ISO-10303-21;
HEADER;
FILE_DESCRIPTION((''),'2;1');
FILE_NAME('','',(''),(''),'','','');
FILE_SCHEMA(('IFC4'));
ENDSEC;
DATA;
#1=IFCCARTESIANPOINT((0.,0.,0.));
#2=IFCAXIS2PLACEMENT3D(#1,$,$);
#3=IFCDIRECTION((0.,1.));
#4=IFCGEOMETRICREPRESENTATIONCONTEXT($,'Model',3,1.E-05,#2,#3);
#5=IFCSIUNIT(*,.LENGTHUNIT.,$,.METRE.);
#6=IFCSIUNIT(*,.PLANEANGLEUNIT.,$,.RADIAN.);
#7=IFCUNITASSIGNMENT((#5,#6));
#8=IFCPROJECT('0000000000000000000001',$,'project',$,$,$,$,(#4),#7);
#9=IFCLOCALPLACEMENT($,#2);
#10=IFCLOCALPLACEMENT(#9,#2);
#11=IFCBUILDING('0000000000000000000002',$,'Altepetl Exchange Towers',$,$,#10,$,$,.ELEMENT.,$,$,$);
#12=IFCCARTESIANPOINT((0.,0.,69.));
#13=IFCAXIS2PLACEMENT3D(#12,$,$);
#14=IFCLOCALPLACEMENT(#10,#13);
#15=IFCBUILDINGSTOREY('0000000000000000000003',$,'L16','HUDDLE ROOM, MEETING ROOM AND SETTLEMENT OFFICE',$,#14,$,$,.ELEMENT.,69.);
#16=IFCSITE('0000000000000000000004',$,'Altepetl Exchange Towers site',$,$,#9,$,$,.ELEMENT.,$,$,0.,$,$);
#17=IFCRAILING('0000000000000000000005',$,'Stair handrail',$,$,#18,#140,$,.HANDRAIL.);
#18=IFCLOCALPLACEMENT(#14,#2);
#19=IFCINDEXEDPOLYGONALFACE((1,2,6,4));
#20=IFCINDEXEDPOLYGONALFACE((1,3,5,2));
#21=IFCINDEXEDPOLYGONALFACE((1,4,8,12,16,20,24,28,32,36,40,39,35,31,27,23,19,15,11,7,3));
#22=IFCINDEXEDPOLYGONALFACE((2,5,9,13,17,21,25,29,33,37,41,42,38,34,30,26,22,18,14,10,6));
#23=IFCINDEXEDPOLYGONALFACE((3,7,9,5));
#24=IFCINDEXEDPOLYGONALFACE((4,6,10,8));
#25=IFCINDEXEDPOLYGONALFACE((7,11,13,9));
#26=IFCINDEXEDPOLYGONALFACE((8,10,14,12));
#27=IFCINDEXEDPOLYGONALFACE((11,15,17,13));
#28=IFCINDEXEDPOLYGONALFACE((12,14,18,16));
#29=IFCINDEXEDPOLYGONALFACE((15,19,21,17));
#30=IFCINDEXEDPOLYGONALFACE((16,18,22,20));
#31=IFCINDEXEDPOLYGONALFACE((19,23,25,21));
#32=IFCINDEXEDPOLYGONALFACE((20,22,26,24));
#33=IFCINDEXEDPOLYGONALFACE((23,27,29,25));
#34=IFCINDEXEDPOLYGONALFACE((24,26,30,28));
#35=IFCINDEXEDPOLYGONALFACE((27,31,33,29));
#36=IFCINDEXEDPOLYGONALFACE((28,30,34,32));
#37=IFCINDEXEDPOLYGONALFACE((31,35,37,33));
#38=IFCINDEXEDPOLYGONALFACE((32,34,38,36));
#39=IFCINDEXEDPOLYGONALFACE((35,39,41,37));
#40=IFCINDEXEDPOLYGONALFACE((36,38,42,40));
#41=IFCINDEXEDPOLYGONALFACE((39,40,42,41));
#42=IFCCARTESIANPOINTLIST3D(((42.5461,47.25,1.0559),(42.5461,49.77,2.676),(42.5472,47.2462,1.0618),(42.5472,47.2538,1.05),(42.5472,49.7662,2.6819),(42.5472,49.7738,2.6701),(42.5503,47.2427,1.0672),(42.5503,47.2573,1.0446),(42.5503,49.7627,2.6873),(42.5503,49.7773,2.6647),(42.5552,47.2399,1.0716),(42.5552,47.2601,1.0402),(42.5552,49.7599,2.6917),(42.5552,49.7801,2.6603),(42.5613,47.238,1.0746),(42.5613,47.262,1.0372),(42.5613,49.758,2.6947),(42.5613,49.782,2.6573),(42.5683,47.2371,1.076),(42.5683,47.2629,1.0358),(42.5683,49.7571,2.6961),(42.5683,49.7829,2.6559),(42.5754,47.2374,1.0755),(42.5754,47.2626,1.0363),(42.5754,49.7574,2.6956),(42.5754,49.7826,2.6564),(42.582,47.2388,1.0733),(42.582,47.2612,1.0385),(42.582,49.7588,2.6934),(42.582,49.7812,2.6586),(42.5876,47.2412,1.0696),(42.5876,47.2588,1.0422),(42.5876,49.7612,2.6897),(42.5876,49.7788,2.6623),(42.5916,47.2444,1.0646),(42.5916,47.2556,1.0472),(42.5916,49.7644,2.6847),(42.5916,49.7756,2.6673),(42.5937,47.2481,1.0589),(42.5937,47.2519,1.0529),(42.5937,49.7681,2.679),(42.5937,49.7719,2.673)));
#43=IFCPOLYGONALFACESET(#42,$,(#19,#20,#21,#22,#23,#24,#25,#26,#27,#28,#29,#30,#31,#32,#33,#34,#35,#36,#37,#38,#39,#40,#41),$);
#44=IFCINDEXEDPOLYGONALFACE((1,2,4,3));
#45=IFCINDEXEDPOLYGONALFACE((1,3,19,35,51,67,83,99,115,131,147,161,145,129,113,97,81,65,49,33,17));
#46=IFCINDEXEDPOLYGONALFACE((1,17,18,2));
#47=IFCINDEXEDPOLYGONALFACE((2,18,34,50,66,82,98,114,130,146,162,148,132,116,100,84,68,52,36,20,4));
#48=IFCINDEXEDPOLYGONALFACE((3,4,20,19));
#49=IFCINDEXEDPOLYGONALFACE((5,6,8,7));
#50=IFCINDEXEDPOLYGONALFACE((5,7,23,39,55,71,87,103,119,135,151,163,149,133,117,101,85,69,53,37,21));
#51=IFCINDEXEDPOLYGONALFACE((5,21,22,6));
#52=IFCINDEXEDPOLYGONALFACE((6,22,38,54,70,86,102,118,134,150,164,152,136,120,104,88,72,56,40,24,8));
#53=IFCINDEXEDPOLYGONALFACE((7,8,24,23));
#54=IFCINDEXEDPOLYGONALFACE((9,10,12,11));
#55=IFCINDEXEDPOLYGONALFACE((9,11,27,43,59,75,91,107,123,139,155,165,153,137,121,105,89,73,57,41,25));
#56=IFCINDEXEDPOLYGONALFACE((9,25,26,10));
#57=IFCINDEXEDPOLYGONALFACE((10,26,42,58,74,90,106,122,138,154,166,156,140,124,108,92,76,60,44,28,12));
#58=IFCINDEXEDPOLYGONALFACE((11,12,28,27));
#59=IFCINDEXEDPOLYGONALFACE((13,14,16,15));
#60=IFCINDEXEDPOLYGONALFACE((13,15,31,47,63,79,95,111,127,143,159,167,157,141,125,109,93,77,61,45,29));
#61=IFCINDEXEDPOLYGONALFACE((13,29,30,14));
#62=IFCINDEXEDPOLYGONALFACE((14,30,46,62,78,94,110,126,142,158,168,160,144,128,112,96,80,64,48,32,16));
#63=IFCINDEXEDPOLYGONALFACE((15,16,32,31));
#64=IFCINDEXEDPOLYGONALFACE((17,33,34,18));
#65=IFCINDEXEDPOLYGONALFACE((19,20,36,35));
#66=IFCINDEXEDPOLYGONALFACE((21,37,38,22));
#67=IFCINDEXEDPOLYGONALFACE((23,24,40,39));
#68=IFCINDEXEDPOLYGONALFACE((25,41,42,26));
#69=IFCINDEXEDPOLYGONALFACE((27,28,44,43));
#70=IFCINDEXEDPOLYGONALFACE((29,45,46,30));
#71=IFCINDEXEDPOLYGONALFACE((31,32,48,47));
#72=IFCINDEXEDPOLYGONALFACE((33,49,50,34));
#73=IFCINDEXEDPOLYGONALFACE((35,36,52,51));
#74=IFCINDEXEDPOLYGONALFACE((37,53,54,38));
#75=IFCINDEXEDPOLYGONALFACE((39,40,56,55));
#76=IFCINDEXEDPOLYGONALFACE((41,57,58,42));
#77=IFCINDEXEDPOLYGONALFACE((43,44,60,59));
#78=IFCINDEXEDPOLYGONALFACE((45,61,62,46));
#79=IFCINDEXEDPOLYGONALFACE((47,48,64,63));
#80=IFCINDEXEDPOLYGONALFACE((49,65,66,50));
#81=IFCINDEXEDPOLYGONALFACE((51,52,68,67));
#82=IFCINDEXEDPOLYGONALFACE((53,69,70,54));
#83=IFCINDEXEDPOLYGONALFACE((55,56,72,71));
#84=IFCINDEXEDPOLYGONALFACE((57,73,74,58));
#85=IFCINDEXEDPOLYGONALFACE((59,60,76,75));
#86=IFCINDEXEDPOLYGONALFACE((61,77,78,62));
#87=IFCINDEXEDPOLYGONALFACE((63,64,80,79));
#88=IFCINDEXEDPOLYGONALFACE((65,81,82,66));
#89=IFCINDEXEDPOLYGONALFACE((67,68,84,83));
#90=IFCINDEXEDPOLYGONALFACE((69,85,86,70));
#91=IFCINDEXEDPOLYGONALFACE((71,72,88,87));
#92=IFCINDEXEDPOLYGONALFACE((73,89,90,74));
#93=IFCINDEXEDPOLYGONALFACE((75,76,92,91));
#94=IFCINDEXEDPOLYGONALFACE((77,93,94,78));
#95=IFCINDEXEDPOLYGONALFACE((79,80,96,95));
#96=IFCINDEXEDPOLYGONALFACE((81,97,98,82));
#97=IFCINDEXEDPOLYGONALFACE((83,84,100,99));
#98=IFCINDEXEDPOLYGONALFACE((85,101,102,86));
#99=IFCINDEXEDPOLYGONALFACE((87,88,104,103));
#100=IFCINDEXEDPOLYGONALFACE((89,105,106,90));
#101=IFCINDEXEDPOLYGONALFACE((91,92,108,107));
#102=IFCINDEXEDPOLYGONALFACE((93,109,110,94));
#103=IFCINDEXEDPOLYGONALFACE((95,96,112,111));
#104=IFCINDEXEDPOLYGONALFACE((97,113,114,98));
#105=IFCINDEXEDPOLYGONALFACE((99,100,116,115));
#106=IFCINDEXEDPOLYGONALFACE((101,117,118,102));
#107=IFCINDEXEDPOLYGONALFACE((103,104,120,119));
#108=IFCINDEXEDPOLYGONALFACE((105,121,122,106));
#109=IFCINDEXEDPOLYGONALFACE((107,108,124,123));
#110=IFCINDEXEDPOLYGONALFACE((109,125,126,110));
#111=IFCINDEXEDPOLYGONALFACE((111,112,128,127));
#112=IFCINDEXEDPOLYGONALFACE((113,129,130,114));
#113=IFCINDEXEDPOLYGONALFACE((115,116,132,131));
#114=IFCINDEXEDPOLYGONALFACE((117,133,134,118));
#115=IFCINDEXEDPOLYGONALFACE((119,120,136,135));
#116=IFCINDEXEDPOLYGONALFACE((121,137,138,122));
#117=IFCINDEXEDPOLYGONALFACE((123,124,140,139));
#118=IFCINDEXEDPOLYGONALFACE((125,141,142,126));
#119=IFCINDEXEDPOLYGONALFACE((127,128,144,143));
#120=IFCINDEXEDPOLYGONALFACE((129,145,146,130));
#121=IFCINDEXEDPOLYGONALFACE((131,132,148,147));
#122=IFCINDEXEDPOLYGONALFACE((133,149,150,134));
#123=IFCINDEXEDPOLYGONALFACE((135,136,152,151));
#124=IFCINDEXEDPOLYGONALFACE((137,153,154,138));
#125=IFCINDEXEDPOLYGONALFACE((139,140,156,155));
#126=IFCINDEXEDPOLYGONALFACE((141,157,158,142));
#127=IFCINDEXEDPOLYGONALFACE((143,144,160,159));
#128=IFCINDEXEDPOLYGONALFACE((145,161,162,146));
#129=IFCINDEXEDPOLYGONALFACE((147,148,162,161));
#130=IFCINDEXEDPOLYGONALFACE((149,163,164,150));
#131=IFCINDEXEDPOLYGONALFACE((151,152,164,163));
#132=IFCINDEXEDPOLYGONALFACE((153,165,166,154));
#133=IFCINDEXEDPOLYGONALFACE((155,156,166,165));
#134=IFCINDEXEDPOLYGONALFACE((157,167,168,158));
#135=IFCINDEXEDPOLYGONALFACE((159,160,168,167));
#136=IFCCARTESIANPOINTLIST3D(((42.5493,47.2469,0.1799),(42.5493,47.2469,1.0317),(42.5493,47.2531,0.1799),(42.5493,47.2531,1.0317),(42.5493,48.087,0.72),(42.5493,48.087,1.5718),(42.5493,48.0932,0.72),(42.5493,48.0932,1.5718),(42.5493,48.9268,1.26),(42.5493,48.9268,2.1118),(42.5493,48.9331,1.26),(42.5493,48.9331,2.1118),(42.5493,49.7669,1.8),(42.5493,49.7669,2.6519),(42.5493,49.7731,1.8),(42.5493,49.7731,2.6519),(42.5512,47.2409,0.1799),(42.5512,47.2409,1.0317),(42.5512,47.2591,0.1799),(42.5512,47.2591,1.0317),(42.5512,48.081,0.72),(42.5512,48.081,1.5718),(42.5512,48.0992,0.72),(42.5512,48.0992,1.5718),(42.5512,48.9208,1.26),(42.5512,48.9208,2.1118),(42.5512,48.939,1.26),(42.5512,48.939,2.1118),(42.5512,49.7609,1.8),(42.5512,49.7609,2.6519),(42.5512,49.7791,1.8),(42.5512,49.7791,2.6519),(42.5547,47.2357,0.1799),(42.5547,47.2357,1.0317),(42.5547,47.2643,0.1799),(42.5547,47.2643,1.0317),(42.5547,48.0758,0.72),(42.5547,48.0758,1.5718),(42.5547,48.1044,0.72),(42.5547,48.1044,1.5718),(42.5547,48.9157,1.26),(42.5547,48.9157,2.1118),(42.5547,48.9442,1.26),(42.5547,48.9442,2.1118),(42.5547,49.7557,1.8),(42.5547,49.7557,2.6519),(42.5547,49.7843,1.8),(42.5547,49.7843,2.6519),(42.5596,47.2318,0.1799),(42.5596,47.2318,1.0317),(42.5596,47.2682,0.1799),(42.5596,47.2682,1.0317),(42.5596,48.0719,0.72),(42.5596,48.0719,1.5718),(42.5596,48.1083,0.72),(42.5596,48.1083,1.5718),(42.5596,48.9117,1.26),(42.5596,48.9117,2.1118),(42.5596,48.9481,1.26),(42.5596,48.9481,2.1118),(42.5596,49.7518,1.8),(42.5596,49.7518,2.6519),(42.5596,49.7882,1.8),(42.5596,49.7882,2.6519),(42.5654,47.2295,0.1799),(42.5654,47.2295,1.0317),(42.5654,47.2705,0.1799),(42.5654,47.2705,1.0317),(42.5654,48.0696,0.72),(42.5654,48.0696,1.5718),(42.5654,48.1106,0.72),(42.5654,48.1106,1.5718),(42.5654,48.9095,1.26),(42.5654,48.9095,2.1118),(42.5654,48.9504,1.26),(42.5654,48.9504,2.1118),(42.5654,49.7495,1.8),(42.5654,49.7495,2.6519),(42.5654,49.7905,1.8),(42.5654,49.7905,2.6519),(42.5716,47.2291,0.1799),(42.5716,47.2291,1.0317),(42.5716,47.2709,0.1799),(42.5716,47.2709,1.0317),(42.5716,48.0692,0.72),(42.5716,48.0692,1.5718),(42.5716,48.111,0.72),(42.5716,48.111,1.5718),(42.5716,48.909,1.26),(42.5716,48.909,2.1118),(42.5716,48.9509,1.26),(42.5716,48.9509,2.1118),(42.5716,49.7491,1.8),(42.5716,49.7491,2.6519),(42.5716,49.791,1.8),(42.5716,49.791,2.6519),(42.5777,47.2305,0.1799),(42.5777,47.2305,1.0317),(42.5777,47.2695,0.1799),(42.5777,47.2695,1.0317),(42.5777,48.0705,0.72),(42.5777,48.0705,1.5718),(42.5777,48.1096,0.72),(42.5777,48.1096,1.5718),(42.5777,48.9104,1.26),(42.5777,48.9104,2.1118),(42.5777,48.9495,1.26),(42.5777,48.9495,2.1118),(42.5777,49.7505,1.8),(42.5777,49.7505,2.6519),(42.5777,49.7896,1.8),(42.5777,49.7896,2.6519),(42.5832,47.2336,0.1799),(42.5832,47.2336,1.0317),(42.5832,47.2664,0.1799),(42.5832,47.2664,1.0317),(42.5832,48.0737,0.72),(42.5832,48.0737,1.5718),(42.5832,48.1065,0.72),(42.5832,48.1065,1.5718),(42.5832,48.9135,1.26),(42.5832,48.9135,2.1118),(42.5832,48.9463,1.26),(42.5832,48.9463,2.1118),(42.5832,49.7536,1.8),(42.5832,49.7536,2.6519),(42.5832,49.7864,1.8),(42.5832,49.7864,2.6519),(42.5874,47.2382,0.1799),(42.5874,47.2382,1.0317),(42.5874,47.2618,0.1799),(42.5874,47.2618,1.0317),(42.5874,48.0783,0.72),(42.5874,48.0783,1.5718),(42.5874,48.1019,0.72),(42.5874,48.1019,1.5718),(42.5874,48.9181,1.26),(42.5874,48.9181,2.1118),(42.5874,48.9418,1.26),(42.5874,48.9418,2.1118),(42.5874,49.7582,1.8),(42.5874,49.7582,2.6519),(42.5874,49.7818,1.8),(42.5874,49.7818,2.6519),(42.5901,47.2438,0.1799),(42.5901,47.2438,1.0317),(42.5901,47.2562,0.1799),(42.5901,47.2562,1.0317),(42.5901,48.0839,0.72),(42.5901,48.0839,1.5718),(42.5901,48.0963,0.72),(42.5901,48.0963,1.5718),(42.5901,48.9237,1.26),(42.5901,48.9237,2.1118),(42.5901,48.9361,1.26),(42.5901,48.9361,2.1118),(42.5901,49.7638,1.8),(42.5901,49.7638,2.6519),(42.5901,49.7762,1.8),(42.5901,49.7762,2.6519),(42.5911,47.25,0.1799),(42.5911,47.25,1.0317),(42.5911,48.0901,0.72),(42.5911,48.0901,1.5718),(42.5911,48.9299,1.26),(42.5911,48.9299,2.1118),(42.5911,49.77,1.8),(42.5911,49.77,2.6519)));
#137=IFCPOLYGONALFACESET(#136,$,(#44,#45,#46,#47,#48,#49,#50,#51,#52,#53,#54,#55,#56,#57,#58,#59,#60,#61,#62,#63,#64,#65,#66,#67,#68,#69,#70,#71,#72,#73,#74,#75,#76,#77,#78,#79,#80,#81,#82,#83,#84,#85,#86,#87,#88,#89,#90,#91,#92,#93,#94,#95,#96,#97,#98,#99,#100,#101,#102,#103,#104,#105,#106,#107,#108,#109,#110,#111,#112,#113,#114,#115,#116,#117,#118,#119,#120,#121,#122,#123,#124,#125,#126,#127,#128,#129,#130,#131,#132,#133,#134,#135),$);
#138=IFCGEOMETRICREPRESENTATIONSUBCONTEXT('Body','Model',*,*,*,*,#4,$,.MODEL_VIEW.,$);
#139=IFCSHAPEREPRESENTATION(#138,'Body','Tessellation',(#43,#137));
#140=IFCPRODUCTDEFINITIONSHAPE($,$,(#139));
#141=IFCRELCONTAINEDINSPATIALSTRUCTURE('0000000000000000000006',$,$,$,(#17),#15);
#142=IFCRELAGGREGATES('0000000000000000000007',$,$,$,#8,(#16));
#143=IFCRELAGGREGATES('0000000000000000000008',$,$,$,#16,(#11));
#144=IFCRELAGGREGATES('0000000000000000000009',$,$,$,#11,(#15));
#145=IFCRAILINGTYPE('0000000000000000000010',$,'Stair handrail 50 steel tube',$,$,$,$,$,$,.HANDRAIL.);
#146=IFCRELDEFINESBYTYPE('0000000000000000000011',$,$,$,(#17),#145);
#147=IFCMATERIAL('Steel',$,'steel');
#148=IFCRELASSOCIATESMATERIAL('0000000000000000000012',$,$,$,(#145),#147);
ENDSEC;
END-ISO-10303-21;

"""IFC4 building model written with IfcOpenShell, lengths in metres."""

from ifc_helpers import new_model, si_unit, direction, frame, origin, origin_2d, place, context, subcontext, project, spatial, circle, extrude, source, transform, mapped, material, type_object, element, save


model = new_model("IFC4")

# Units and contexts
model_context = context("Model", 3, precision=1e-05, world=origin(), true_north=direction((0.0, 1.0)))
body_context = subcontext(model_context, "Body", "Model", "MODEL_VIEW")
ifc_project = project(units=[si_unit("LENGTHUNIT", "METRE"), si_unit("PLANEANGLEUNIT", "RADIAN")], contexts=[model_context])

# Site, building, storey
site_placement = place(None, origin())
site = spatial("IfcSite", under=ifc_project, at=site_placement, Name="Altepetl Exchange Towers site", CompositionType="ELEMENT", RefElevation=0.0)
building_placement = place(site_placement, origin())
building = spatial("IfcBuilding", under=site, at=building_placement, Name="Altepetl Exchange Towers", CompositionType="ELEMENT")
storey_placement = place(building_placement, frame((0.0, 0.0, 69.0)))
storey = spatial("IfcBuildingStorey", under=building, at=storey_placement, Name="L16", Description="HUDDLE ROOM, MEETING ROOM AND SETTLEMENT OFFICE", CompositionType="ELEMENT", Elevation=69.0)

# Railing
ifc_material_1 = material(Name="Steel", Category="steel")
railing_type = type_object("IfcRailingType", Name="Stair handrail 50 steel tube", PredefinedType="HANDRAIL", material=ifc_material_1)
shared_shape = source(origin(), body_context, "Body", "SweptSolid", [
    extrude(circle(Radius=0.021, at=origin_2d()), origin(), (0.0, 0.0, 1.0), 0.8518),
])
railing_1_placement = place(storey_placement, frame((42.5701, 47.25, 0.1799)))
element("IfcRailing", 1, at=railing_1_placement, inside=storey, type_object=railing_type, Name="Stair handrail", PredefinedType="HANDRAIL", context=body_context, shape_type="SweptSolid", body=[
    extrude(circle(Radius=0.0239, at=origin_2d()), frame((0.0, 0.0, 0.876), z_axis=(0.0, 0.841163, 0.540782), x_axis=(-1.0, 0.0, 0.0)), (0.0, 0.0, 1.0), 2.9958),
    mapped(shared_shape, transform((0.0, 0.0, 0.0))),
    mapped(shared_shape, transform((0.0, 0.8401, 0.54))),
    mapped(shared_shape, transform((0.0, 1.6799, 1.0801))),
    mapped(shared_shape, transform((0.0, 2.52, 1.6201))),
])

save(model, "model.ifc")
